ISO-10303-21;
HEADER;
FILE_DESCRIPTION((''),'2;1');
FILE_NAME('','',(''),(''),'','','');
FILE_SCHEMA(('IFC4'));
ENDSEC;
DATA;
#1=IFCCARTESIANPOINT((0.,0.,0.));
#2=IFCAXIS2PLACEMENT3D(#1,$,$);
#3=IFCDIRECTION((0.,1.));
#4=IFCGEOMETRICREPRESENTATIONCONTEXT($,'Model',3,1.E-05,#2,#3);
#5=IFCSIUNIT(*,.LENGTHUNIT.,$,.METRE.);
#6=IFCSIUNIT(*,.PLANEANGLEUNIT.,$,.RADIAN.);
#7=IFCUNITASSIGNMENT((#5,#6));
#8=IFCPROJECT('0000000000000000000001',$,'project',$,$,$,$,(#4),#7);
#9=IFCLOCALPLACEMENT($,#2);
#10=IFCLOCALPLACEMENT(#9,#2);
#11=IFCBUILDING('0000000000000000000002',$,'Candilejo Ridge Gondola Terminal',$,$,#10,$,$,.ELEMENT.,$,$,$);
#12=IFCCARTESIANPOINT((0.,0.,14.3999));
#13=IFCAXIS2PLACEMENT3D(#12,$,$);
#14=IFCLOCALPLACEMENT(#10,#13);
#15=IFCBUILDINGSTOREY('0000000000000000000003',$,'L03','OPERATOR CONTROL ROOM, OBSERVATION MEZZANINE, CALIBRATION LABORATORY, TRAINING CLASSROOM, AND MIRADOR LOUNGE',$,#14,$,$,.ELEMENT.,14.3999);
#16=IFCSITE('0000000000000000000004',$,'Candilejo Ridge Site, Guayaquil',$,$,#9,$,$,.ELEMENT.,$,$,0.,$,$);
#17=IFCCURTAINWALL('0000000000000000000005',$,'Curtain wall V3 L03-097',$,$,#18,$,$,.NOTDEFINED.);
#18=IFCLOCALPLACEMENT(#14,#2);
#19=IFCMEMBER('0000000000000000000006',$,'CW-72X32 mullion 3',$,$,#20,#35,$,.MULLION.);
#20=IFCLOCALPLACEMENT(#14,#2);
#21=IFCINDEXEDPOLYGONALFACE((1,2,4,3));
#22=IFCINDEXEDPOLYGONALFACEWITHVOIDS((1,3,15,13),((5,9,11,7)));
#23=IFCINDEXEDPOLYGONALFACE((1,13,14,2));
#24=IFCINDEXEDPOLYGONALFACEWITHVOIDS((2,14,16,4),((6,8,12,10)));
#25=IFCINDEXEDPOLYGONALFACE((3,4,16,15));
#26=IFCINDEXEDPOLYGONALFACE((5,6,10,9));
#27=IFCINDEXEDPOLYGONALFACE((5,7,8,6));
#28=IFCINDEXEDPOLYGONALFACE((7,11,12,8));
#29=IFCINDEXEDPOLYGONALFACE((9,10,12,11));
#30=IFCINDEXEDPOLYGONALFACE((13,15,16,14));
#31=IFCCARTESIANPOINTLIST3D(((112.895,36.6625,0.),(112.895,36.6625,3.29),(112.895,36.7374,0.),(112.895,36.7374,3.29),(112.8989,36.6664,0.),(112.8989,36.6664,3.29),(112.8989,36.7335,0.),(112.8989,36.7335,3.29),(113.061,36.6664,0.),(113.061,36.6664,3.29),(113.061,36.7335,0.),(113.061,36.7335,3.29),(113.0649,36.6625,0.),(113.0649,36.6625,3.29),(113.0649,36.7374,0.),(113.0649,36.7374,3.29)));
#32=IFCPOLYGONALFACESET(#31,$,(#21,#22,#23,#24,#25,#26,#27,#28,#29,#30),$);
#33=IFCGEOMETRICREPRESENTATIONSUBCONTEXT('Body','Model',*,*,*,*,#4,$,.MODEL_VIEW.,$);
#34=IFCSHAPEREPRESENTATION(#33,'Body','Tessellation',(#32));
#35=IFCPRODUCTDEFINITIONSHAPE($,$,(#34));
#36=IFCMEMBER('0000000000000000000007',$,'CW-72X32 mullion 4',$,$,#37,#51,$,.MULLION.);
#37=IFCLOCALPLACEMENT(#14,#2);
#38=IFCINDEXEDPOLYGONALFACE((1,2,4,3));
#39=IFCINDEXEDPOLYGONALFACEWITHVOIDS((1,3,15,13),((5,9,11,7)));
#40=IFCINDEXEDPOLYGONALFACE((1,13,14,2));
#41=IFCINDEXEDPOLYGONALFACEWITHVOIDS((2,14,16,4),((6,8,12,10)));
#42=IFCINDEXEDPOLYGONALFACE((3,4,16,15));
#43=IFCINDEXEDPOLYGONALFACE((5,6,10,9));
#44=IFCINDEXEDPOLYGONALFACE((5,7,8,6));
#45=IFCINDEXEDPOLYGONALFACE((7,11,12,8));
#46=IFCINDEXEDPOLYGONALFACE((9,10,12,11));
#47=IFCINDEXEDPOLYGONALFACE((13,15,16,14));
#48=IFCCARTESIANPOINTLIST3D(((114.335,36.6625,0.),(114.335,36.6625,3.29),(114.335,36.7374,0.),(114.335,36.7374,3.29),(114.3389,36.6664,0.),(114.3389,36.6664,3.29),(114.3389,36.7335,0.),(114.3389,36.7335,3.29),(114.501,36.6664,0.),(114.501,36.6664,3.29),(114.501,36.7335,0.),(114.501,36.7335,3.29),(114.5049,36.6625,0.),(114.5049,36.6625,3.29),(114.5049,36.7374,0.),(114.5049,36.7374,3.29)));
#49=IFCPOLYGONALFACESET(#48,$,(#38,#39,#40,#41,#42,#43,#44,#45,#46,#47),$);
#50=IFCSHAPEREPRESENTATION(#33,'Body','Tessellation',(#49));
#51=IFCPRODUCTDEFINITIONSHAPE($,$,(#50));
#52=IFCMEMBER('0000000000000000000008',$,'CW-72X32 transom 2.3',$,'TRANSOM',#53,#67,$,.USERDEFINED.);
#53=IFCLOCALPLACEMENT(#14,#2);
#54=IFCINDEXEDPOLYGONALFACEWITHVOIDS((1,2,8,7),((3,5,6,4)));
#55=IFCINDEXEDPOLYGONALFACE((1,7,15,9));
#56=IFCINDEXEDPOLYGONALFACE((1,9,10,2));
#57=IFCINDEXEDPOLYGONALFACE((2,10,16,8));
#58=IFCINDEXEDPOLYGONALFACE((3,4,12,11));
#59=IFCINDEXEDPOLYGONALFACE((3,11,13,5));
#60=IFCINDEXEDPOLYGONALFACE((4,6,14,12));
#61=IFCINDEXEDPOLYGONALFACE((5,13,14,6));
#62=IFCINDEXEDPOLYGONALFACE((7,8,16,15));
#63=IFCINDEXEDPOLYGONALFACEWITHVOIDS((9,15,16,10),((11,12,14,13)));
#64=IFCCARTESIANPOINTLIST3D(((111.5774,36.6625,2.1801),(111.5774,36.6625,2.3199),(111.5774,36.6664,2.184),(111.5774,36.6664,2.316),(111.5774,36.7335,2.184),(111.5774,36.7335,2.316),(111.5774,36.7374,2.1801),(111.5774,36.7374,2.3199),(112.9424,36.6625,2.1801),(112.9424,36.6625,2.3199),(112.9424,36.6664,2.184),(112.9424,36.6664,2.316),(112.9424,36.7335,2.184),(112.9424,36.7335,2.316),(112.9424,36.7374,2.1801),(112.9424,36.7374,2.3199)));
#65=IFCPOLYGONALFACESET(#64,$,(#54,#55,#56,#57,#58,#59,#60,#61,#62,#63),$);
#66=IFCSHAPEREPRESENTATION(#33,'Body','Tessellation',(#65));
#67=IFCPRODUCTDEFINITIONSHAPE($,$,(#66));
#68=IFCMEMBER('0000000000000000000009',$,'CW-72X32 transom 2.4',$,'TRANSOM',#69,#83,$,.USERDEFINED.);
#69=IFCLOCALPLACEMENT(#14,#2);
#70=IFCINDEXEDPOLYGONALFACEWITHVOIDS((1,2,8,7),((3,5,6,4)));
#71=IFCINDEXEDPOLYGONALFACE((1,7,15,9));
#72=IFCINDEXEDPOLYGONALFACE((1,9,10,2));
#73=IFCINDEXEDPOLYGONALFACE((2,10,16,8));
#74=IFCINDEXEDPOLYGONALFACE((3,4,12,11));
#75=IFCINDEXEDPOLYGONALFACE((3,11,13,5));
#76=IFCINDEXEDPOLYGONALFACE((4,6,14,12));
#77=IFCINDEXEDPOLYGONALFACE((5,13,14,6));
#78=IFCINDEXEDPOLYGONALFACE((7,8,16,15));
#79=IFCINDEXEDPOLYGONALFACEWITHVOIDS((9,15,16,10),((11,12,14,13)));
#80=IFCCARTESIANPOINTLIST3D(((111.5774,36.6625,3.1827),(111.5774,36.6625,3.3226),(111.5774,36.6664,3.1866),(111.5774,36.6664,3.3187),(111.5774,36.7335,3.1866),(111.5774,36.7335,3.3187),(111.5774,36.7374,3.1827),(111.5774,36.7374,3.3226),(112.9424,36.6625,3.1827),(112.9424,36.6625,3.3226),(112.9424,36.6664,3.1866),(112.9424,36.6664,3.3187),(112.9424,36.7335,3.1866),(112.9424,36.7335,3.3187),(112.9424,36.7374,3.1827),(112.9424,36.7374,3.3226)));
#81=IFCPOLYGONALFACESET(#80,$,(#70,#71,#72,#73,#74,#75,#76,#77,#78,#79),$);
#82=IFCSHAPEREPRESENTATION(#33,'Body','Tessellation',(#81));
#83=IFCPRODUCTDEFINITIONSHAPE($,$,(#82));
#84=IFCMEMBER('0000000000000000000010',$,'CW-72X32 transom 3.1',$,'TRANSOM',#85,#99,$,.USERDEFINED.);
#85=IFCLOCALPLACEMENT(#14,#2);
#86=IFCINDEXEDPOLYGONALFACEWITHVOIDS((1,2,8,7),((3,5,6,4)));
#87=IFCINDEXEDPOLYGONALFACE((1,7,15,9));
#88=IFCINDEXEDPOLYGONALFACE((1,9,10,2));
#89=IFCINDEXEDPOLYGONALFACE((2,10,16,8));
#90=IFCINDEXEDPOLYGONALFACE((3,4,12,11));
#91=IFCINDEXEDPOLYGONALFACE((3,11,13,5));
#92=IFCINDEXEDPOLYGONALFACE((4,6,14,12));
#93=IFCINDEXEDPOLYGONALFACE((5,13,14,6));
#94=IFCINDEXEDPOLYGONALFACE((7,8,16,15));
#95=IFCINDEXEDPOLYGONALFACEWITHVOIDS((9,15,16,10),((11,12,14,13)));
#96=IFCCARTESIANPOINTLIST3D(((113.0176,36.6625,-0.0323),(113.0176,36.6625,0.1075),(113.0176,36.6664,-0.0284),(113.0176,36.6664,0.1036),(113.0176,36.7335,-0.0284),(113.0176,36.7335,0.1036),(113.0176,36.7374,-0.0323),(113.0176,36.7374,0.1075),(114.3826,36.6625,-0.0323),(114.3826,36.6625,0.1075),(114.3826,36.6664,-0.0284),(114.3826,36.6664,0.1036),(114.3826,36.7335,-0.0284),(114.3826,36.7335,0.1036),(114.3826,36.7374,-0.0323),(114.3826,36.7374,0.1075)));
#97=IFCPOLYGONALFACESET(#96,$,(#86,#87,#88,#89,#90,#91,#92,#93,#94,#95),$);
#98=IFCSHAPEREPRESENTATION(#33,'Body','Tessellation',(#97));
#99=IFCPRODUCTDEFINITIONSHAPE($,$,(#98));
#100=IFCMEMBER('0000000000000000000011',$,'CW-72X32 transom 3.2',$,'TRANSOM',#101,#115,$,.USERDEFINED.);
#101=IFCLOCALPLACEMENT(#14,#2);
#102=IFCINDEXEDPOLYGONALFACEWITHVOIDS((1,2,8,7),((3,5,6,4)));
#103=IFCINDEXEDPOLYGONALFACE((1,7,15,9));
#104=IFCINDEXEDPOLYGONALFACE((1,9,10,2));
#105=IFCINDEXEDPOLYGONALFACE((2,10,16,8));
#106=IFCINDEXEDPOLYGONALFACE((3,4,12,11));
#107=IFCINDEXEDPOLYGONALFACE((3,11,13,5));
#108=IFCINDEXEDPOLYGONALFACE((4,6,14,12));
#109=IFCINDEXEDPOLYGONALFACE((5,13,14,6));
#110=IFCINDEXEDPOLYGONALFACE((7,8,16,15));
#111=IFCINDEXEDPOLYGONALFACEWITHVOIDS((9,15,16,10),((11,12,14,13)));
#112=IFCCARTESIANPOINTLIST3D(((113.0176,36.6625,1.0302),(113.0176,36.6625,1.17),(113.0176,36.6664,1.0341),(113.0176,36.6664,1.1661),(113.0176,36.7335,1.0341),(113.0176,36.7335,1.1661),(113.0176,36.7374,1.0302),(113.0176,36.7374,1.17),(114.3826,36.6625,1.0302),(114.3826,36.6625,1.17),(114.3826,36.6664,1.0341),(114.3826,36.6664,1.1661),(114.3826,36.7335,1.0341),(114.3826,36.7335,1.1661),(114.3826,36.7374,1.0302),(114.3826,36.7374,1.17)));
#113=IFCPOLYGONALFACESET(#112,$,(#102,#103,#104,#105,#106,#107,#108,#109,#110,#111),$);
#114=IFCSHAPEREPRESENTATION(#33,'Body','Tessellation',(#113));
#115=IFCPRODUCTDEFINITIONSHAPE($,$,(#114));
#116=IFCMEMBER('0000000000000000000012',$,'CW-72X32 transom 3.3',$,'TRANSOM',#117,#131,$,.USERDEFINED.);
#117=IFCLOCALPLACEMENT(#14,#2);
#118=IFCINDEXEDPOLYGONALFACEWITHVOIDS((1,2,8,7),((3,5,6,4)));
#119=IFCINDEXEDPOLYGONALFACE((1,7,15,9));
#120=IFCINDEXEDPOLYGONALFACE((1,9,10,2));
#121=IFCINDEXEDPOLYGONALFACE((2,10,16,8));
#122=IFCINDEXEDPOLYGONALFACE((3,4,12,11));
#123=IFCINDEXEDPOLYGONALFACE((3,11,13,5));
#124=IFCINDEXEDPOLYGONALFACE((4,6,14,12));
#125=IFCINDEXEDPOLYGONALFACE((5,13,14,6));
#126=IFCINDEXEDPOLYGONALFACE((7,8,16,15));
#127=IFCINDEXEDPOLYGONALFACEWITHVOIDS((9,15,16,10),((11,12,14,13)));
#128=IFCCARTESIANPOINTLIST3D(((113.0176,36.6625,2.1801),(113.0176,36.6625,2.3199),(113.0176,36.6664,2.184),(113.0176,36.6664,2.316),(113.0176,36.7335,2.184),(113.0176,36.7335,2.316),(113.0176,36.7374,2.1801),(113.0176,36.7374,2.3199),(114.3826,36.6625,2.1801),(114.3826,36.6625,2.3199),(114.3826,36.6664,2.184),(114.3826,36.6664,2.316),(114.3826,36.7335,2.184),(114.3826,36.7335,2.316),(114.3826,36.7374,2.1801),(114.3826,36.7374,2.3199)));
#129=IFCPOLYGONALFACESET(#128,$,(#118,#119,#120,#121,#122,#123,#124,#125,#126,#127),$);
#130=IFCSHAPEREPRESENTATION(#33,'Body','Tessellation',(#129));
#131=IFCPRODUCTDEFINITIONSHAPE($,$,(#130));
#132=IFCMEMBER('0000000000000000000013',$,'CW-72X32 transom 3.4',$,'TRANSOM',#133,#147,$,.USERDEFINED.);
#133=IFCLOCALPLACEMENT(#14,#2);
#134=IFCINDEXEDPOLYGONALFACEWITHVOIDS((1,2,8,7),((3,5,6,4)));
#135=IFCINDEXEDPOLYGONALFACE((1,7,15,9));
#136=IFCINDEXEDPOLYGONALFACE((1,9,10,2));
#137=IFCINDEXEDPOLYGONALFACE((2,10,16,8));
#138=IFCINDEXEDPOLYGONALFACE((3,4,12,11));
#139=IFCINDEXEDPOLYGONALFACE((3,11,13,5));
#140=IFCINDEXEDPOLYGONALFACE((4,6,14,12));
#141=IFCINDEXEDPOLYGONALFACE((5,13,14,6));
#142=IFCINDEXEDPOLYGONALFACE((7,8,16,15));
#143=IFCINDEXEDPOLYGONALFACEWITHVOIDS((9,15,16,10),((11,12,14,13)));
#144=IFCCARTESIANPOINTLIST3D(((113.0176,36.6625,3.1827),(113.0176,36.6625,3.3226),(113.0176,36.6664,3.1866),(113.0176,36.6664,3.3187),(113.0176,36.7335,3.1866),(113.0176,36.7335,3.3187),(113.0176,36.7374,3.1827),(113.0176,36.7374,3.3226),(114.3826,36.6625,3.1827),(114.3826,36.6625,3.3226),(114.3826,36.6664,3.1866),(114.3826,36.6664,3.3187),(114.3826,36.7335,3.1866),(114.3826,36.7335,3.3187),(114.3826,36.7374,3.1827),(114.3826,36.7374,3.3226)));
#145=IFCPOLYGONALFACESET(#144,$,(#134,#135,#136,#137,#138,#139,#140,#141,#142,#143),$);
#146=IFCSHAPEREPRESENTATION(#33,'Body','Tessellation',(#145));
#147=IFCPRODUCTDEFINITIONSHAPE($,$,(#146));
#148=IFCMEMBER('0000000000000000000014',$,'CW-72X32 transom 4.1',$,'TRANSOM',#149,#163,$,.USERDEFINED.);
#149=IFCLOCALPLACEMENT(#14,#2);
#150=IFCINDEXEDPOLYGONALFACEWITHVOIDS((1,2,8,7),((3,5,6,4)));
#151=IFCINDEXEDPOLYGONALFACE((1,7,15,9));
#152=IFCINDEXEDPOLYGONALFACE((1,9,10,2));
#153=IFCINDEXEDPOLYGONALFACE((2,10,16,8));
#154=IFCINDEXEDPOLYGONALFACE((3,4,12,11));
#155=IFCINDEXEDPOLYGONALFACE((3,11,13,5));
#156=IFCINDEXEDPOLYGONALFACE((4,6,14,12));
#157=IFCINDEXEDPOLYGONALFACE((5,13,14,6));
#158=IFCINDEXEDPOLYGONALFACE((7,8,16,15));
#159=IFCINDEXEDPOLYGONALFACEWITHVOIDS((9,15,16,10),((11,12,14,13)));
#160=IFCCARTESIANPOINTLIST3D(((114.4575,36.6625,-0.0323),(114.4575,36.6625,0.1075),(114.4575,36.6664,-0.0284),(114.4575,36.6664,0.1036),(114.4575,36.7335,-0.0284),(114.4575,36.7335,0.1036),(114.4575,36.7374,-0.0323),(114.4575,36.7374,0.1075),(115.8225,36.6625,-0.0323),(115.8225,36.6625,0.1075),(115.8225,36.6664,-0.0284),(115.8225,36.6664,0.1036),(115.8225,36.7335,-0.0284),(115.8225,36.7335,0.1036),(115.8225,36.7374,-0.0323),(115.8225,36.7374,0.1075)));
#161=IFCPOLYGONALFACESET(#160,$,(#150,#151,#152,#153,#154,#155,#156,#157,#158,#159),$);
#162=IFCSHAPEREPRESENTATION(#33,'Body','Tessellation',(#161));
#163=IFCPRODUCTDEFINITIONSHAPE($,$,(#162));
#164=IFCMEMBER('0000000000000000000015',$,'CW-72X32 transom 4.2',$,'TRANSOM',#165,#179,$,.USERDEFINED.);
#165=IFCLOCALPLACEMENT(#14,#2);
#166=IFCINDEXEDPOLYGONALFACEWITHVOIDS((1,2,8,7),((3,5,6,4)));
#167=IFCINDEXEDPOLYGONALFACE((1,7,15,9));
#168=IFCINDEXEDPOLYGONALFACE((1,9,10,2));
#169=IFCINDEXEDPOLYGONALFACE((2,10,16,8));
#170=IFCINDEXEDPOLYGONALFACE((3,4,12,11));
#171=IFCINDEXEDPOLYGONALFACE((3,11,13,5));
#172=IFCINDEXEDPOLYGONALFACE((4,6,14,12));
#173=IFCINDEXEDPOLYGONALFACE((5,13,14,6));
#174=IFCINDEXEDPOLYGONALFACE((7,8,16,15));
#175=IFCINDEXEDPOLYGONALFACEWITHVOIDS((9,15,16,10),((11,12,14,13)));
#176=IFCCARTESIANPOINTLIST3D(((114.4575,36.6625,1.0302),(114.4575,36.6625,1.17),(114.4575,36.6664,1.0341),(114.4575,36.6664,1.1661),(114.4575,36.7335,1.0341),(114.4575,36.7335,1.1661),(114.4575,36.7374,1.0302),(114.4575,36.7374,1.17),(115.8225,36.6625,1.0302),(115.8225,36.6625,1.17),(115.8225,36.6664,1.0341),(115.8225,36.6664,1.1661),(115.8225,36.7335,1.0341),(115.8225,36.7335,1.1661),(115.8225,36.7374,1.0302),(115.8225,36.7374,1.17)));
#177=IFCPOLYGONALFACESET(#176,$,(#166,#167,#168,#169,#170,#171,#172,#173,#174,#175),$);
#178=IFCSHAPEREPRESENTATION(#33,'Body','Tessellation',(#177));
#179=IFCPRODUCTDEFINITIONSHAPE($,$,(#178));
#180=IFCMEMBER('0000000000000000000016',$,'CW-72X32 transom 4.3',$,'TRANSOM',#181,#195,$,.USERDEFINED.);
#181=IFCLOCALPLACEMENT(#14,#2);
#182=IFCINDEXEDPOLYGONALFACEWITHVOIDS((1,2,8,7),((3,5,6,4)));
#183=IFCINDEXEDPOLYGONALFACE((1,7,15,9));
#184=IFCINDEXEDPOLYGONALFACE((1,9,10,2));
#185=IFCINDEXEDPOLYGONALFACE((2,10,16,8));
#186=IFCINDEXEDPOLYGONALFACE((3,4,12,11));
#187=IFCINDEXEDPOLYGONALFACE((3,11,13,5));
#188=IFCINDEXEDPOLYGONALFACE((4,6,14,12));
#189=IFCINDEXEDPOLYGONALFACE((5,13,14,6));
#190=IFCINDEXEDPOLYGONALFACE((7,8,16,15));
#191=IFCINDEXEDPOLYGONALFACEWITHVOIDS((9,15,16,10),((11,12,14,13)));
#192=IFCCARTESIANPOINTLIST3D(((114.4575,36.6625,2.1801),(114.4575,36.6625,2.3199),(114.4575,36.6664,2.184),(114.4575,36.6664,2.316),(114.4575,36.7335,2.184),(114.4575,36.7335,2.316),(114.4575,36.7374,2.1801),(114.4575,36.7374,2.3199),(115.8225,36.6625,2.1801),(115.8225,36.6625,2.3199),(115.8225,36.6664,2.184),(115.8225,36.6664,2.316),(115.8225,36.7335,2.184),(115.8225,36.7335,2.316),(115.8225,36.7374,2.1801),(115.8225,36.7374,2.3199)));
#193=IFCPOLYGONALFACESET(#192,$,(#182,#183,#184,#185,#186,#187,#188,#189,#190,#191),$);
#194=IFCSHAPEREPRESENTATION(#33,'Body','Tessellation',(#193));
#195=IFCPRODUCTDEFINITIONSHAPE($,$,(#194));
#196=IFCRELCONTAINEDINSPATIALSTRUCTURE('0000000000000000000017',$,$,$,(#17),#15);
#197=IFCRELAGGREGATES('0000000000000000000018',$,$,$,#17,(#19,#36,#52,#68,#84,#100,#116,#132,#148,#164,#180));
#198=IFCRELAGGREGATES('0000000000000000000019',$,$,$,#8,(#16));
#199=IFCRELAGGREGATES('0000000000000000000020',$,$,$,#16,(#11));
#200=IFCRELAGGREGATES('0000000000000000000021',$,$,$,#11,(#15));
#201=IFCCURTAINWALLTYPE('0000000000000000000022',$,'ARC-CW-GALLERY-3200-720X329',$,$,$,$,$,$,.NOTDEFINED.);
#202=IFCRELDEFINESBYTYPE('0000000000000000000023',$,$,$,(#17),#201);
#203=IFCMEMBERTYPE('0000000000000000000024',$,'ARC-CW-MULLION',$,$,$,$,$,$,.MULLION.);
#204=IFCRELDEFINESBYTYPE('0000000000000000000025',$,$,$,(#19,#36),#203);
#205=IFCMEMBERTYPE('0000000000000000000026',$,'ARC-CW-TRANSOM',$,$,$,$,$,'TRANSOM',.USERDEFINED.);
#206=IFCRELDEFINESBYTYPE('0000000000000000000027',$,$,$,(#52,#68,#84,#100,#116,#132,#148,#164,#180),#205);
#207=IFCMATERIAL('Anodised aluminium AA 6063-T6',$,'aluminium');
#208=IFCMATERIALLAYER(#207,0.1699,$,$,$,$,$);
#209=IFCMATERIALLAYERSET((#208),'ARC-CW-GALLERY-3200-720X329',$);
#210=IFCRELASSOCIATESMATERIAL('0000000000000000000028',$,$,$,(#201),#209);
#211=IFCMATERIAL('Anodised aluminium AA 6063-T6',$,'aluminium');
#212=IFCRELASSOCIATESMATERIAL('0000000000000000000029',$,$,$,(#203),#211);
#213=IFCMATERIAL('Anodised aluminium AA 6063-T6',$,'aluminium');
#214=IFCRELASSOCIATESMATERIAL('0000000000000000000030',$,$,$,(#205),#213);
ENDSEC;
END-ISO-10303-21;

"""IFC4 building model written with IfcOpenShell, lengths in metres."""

from ifc_helpers import new_model, si_unit, direction, frame, origin, origin_2d, place, context, subcontext, project, spatial, hollow_rectangle, extrude, material, layer, layer_set, material_profile, profile_set, type_object, element, aggregate, save


model = new_model("IFC4")

# Units and contexts
model_context = context("Model", 3, precision=1e-05, world=origin(), true_north=direction((0.0, 1.0)))
body_context = subcontext(model_context, "Body", "Model", "MODEL_VIEW")
ifc_project = project(units=[si_unit("LENGTHUNIT", "METRE"), si_unit("PLANEANGLEUNIT", "RADIAN")], contexts=[model_context])

# Site, building, storey
site_placement = place(None, origin())
site = spatial("IfcSite", under=ifc_project, at=site_placement, Name="Candilejo Ridge Site, Guayaquil", CompositionType="ELEMENT", RefElevation=0.0)
building_placement = place(site_placement, origin())
building = spatial("IfcBuilding", under=site, at=building_placement, Name="Candilejo Ridge Gondola Terminal", CompositionType="ELEMENT")
storey_placement = place(building_placement, frame((0.0, 0.0, 14.3999)))
storey = spatial("IfcBuildingStorey", under=building, at=storey_placement, Name="L03", Description="OPERATOR CONTROL ROOM, OBSERVATION MEZZANINE, CALIBRATION LABORATORY, TRAINING CLASSROOM, AND MIRADOR LOUNGE", CompositionType="ELEMENT", Elevation=14.3999)

# Curtain wall, members
ifc_material_1 = material(Name="Anodised aluminium AA 6063-T6", Category="aluminium")
ifc_layer_1 = layer(ifc_material_1, 0.1699)
ifc_layer_set_1 = layer_set([ifc_layer_1], Name="ARC-CW-GALLERY-3200-720X329")
curtain_wall_type = type_object("IfcCurtainWallType", Name="ARC-CW-GALLERY-3200-720X329", PredefinedType="NOTDEFINED", material=ifc_layer_set_1)
curtain_wall_placement = place(storey_placement, origin())
curtain_wall = element("IfcCurtainWall", 1, at=curtain_wall_placement, inside=storey, type_object=curtain_wall_type, Name="Curtain wall V3 L03-097", PredefinedType="NOTDEFINED")
ifc_material_2 = material(Name="Anodised aluminium AA 6063-T6", Category="aluminium")
ifc_material_profile_1 = material_profile(ifc_material_2, hollow_rectangle(XDim=0.075, YDim=0.1699, WallThickness=0.0039, at=origin_2d()))
ifc_profile_set_1 = profile_set([ifc_material_profile_1], Name="Anodised aluminium AA 6063-T6")
member_type_1 = type_object("IfcMemberType", Name="ARC-CW-MULLION", PredefinedType="MULLION", material=ifc_profile_set_1)
member_1_placement = place(storey_placement, frame((112.98, 36.7, 0.0), z_axis=(0.0, 0.0, 1.0), x_axis=(0.0, 1.0, 0.0)))
member_1 = element("IfcMember", 2, at=member_1_placement, type_object=member_type_1, Name="CW-72X32 mullion 3", PredefinedType="MULLION", context=body_context, shape_type="SweptSolid", body=[
    extrude(hollow_rectangle(XDim=0.075, YDim=0.1699, WallThickness=0.0039, at=origin_2d()), origin(), (0.0, 0.0, 1.0), 3.29),
])
member_2_placement = place(storey_placement, frame((114.4199, 36.7, 0.0), z_axis=(0.0, 0.0, 1.0), x_axis=(0.0, 1.0, 0.0)))
member_2 = element("IfcMember", 3, at=member_2_placement, type_object=member_type_1, Name="CW-72X32 mullion 4", PredefinedType="MULLION", context=body_context, shape_type="SweptSolid", body=[
    extrude(hollow_rectangle(XDim=0.075, YDim=0.1699, WallThickness=0.0039, at=origin_2d()), origin(), (0.0, 0.0, 1.0), 3.29),
])
ifc_material_3 = material(Name="Anodised aluminium AA 6063-T6", Category="aluminium")
ifc_material_profile_2 = material_profile(ifc_material_3, hollow_rectangle(XDim=0.075, YDim=0.1399, WallThickness=0.0039, at=origin_2d()))
ifc_profile_set_2 = profile_set([ifc_material_profile_2], Name="Anodised aluminium AA 6063-T6")
member_type_2 = type_object("IfcMemberType", Name="ARC-CW-TRANSOM", ElementType="TRANSOM", PredefinedType="USERDEFINED", material=ifc_profile_set_2)
member_3_placement = place(storey_placement, frame((111.5774, 36.7, 2.25), z_axis=(1.0, 0.0, 0.0), x_axis=(0.0, 1.0, 0.0)))
member_3 = element("IfcMember", 4, at=member_3_placement, type_object=member_type_2, Name="CW-72X32 transom 2.3", ObjectType="TRANSOM", PredefinedType="USERDEFINED", context=body_context, shape_type="SweptSolid", body=[
    extrude(hollow_rectangle(XDim=0.075, YDim=0.1399, WallThickness=0.0039, at=origin_2d()), origin(), (0.0, 0.0, 1.0), 1.365),
])
member_4_placement = place(storey_placement, frame((111.5774, 36.7, 3.2527), z_axis=(1.0, 0.0, 0.0), x_axis=(0.0, 1.0, 0.0)))
member_4 = element("IfcMember", 5, at=member_4_placement, type_object=member_type_2, Name="CW-72X32 transom 2.4", ObjectType="TRANSOM", PredefinedType="USERDEFINED", context=body_context, shape_type="SweptSolid", body=[
    extrude(hollow_rectangle(XDim=0.075, YDim=0.1399, WallThickness=0.0039, at=origin_2d()), origin(), (0.0, 0.0, 1.0), 1.365),
])
member_5_placement = place(storey_placement, frame((113.0176, 36.7, 0.0376), z_axis=(1.0, 0.0, 0.0), x_axis=(0.0, 1.0, 0.0)))
member_5 = element("IfcMember", 6, at=member_5_placement, type_object=member_type_2, Name="CW-72X32 transom 3.1", ObjectType="TRANSOM", PredefinedType="USERDEFINED", context=body_context, shape_type="SweptSolid", body=[
    extrude(hollow_rectangle(XDim=0.075, YDim=0.1399, WallThickness=0.0039, at=origin_2d()), origin(), (0.0, 0.0, 1.0), 1.365),
])
member_6_placement = place(storey_placement, frame((113.0176, 36.7, 1.1001), z_axis=(1.0, 0.0, 0.0), x_axis=(0.0, 1.0, 0.0)))
member_6 = element("IfcMember", 7, at=member_6_placement, type_object=member_type_2, Name="CW-72X32 transom 3.2", ObjectType="TRANSOM", PredefinedType="USERDEFINED", context=body_context, shape_type="SweptSolid", body=[
    extrude(hollow_rectangle(XDim=0.075, YDim=0.1399, WallThickness=0.0039, at=origin_2d()), origin(), (0.0, 0.0, 1.0), 1.365),
])
member_7_placement = place(storey_placement, frame((113.0176, 36.7, 2.25), z_axis=(1.0, 0.0, 0.0), x_axis=(0.0, 1.0, 0.0)))
member_7 = element("IfcMember", 8, at=member_7_placement, type_object=member_type_2, Name="CW-72X32 transom 3.3", ObjectType="TRANSOM", PredefinedType="USERDEFINED", context=body_context, shape_type="SweptSolid", body=[
    extrude(hollow_rectangle(XDim=0.075, YDim=0.1399, WallThickness=0.0039, at=origin_2d()), origin(), (0.0, 0.0, 1.0), 1.365),
])
member_8_placement = place(storey_placement, frame((113.0176, 36.7, 3.2527), z_axis=(1.0, 0.0, 0.0), x_axis=(0.0, 1.0, 0.0)))
member_8 = element("IfcMember", 9, at=member_8_placement, type_object=member_type_2, Name="CW-72X32 transom 3.4", ObjectType="TRANSOM", PredefinedType="USERDEFINED", context=body_context, shape_type="SweptSolid", body=[
    extrude(hollow_rectangle(XDim=0.075, YDim=0.1399, WallThickness=0.0039, at=origin_2d()), origin(), (0.0, 0.0, 1.0), 1.365),
])
member_9_placement = place(storey_placement, frame((114.4575, 36.7, 0.0376), z_axis=(1.0, 0.0, 0.0), x_axis=(0.0, 1.0, 0.0)))
member_9 = element("IfcMember", 10, at=member_9_placement, type_object=member_type_2, Name="CW-72X32 transom 4.1", ObjectType="TRANSOM", PredefinedType="USERDEFINED", context=body_context, shape_type="SweptSolid", body=[
    extrude(hollow_rectangle(XDim=0.075, YDim=0.1399, WallThickness=0.0039, at=origin_2d()), origin(), (0.0, 0.0, 1.0), 1.365),
])
member_10_placement = place(storey_placement, frame((114.4575, 36.7, 1.1001), z_axis=(1.0, 0.0, 0.0), x_axis=(0.0, 1.0, 0.0)))
member_10 = element("IfcMember", 11, at=member_10_placement, type_object=member_type_2, Name="CW-72X32 transom 4.2", ObjectType="TRANSOM", PredefinedType="USERDEFINED", context=body_context, shape_type="SweptSolid", body=[
    extrude(hollow_rectangle(XDim=0.075, YDim=0.1399, WallThickness=0.0039, at=origin_2d()), origin(), (0.0, 0.0, 1.0), 1.365),
])
member_11_placement = place(storey_placement, frame((114.4575, 36.7, 2.25), z_axis=(1.0, 0.0, 0.0), x_axis=(0.0, 1.0, 0.0)))
member_11 = element("IfcMember", 12, at=member_11_placement, type_object=member_type_2, Name="CW-72X32 transom 4.3", ObjectType="TRANSOM", PredefinedType="USERDEFINED", context=body_context, shape_type="SweptSolid", body=[
    extrude(hollow_rectangle(XDim=0.075, YDim=0.1399, WallThickness=0.0039, at=origin_2d()), origin(), (0.0, 0.0, 1.0), 1.365),
])
aggregate(curtain_wall, [member_1, member_2, member_3, member_4, member_5, member_6, member_7, member_8, member_9, member_10, member_11])

save(model, "model.ifc")
